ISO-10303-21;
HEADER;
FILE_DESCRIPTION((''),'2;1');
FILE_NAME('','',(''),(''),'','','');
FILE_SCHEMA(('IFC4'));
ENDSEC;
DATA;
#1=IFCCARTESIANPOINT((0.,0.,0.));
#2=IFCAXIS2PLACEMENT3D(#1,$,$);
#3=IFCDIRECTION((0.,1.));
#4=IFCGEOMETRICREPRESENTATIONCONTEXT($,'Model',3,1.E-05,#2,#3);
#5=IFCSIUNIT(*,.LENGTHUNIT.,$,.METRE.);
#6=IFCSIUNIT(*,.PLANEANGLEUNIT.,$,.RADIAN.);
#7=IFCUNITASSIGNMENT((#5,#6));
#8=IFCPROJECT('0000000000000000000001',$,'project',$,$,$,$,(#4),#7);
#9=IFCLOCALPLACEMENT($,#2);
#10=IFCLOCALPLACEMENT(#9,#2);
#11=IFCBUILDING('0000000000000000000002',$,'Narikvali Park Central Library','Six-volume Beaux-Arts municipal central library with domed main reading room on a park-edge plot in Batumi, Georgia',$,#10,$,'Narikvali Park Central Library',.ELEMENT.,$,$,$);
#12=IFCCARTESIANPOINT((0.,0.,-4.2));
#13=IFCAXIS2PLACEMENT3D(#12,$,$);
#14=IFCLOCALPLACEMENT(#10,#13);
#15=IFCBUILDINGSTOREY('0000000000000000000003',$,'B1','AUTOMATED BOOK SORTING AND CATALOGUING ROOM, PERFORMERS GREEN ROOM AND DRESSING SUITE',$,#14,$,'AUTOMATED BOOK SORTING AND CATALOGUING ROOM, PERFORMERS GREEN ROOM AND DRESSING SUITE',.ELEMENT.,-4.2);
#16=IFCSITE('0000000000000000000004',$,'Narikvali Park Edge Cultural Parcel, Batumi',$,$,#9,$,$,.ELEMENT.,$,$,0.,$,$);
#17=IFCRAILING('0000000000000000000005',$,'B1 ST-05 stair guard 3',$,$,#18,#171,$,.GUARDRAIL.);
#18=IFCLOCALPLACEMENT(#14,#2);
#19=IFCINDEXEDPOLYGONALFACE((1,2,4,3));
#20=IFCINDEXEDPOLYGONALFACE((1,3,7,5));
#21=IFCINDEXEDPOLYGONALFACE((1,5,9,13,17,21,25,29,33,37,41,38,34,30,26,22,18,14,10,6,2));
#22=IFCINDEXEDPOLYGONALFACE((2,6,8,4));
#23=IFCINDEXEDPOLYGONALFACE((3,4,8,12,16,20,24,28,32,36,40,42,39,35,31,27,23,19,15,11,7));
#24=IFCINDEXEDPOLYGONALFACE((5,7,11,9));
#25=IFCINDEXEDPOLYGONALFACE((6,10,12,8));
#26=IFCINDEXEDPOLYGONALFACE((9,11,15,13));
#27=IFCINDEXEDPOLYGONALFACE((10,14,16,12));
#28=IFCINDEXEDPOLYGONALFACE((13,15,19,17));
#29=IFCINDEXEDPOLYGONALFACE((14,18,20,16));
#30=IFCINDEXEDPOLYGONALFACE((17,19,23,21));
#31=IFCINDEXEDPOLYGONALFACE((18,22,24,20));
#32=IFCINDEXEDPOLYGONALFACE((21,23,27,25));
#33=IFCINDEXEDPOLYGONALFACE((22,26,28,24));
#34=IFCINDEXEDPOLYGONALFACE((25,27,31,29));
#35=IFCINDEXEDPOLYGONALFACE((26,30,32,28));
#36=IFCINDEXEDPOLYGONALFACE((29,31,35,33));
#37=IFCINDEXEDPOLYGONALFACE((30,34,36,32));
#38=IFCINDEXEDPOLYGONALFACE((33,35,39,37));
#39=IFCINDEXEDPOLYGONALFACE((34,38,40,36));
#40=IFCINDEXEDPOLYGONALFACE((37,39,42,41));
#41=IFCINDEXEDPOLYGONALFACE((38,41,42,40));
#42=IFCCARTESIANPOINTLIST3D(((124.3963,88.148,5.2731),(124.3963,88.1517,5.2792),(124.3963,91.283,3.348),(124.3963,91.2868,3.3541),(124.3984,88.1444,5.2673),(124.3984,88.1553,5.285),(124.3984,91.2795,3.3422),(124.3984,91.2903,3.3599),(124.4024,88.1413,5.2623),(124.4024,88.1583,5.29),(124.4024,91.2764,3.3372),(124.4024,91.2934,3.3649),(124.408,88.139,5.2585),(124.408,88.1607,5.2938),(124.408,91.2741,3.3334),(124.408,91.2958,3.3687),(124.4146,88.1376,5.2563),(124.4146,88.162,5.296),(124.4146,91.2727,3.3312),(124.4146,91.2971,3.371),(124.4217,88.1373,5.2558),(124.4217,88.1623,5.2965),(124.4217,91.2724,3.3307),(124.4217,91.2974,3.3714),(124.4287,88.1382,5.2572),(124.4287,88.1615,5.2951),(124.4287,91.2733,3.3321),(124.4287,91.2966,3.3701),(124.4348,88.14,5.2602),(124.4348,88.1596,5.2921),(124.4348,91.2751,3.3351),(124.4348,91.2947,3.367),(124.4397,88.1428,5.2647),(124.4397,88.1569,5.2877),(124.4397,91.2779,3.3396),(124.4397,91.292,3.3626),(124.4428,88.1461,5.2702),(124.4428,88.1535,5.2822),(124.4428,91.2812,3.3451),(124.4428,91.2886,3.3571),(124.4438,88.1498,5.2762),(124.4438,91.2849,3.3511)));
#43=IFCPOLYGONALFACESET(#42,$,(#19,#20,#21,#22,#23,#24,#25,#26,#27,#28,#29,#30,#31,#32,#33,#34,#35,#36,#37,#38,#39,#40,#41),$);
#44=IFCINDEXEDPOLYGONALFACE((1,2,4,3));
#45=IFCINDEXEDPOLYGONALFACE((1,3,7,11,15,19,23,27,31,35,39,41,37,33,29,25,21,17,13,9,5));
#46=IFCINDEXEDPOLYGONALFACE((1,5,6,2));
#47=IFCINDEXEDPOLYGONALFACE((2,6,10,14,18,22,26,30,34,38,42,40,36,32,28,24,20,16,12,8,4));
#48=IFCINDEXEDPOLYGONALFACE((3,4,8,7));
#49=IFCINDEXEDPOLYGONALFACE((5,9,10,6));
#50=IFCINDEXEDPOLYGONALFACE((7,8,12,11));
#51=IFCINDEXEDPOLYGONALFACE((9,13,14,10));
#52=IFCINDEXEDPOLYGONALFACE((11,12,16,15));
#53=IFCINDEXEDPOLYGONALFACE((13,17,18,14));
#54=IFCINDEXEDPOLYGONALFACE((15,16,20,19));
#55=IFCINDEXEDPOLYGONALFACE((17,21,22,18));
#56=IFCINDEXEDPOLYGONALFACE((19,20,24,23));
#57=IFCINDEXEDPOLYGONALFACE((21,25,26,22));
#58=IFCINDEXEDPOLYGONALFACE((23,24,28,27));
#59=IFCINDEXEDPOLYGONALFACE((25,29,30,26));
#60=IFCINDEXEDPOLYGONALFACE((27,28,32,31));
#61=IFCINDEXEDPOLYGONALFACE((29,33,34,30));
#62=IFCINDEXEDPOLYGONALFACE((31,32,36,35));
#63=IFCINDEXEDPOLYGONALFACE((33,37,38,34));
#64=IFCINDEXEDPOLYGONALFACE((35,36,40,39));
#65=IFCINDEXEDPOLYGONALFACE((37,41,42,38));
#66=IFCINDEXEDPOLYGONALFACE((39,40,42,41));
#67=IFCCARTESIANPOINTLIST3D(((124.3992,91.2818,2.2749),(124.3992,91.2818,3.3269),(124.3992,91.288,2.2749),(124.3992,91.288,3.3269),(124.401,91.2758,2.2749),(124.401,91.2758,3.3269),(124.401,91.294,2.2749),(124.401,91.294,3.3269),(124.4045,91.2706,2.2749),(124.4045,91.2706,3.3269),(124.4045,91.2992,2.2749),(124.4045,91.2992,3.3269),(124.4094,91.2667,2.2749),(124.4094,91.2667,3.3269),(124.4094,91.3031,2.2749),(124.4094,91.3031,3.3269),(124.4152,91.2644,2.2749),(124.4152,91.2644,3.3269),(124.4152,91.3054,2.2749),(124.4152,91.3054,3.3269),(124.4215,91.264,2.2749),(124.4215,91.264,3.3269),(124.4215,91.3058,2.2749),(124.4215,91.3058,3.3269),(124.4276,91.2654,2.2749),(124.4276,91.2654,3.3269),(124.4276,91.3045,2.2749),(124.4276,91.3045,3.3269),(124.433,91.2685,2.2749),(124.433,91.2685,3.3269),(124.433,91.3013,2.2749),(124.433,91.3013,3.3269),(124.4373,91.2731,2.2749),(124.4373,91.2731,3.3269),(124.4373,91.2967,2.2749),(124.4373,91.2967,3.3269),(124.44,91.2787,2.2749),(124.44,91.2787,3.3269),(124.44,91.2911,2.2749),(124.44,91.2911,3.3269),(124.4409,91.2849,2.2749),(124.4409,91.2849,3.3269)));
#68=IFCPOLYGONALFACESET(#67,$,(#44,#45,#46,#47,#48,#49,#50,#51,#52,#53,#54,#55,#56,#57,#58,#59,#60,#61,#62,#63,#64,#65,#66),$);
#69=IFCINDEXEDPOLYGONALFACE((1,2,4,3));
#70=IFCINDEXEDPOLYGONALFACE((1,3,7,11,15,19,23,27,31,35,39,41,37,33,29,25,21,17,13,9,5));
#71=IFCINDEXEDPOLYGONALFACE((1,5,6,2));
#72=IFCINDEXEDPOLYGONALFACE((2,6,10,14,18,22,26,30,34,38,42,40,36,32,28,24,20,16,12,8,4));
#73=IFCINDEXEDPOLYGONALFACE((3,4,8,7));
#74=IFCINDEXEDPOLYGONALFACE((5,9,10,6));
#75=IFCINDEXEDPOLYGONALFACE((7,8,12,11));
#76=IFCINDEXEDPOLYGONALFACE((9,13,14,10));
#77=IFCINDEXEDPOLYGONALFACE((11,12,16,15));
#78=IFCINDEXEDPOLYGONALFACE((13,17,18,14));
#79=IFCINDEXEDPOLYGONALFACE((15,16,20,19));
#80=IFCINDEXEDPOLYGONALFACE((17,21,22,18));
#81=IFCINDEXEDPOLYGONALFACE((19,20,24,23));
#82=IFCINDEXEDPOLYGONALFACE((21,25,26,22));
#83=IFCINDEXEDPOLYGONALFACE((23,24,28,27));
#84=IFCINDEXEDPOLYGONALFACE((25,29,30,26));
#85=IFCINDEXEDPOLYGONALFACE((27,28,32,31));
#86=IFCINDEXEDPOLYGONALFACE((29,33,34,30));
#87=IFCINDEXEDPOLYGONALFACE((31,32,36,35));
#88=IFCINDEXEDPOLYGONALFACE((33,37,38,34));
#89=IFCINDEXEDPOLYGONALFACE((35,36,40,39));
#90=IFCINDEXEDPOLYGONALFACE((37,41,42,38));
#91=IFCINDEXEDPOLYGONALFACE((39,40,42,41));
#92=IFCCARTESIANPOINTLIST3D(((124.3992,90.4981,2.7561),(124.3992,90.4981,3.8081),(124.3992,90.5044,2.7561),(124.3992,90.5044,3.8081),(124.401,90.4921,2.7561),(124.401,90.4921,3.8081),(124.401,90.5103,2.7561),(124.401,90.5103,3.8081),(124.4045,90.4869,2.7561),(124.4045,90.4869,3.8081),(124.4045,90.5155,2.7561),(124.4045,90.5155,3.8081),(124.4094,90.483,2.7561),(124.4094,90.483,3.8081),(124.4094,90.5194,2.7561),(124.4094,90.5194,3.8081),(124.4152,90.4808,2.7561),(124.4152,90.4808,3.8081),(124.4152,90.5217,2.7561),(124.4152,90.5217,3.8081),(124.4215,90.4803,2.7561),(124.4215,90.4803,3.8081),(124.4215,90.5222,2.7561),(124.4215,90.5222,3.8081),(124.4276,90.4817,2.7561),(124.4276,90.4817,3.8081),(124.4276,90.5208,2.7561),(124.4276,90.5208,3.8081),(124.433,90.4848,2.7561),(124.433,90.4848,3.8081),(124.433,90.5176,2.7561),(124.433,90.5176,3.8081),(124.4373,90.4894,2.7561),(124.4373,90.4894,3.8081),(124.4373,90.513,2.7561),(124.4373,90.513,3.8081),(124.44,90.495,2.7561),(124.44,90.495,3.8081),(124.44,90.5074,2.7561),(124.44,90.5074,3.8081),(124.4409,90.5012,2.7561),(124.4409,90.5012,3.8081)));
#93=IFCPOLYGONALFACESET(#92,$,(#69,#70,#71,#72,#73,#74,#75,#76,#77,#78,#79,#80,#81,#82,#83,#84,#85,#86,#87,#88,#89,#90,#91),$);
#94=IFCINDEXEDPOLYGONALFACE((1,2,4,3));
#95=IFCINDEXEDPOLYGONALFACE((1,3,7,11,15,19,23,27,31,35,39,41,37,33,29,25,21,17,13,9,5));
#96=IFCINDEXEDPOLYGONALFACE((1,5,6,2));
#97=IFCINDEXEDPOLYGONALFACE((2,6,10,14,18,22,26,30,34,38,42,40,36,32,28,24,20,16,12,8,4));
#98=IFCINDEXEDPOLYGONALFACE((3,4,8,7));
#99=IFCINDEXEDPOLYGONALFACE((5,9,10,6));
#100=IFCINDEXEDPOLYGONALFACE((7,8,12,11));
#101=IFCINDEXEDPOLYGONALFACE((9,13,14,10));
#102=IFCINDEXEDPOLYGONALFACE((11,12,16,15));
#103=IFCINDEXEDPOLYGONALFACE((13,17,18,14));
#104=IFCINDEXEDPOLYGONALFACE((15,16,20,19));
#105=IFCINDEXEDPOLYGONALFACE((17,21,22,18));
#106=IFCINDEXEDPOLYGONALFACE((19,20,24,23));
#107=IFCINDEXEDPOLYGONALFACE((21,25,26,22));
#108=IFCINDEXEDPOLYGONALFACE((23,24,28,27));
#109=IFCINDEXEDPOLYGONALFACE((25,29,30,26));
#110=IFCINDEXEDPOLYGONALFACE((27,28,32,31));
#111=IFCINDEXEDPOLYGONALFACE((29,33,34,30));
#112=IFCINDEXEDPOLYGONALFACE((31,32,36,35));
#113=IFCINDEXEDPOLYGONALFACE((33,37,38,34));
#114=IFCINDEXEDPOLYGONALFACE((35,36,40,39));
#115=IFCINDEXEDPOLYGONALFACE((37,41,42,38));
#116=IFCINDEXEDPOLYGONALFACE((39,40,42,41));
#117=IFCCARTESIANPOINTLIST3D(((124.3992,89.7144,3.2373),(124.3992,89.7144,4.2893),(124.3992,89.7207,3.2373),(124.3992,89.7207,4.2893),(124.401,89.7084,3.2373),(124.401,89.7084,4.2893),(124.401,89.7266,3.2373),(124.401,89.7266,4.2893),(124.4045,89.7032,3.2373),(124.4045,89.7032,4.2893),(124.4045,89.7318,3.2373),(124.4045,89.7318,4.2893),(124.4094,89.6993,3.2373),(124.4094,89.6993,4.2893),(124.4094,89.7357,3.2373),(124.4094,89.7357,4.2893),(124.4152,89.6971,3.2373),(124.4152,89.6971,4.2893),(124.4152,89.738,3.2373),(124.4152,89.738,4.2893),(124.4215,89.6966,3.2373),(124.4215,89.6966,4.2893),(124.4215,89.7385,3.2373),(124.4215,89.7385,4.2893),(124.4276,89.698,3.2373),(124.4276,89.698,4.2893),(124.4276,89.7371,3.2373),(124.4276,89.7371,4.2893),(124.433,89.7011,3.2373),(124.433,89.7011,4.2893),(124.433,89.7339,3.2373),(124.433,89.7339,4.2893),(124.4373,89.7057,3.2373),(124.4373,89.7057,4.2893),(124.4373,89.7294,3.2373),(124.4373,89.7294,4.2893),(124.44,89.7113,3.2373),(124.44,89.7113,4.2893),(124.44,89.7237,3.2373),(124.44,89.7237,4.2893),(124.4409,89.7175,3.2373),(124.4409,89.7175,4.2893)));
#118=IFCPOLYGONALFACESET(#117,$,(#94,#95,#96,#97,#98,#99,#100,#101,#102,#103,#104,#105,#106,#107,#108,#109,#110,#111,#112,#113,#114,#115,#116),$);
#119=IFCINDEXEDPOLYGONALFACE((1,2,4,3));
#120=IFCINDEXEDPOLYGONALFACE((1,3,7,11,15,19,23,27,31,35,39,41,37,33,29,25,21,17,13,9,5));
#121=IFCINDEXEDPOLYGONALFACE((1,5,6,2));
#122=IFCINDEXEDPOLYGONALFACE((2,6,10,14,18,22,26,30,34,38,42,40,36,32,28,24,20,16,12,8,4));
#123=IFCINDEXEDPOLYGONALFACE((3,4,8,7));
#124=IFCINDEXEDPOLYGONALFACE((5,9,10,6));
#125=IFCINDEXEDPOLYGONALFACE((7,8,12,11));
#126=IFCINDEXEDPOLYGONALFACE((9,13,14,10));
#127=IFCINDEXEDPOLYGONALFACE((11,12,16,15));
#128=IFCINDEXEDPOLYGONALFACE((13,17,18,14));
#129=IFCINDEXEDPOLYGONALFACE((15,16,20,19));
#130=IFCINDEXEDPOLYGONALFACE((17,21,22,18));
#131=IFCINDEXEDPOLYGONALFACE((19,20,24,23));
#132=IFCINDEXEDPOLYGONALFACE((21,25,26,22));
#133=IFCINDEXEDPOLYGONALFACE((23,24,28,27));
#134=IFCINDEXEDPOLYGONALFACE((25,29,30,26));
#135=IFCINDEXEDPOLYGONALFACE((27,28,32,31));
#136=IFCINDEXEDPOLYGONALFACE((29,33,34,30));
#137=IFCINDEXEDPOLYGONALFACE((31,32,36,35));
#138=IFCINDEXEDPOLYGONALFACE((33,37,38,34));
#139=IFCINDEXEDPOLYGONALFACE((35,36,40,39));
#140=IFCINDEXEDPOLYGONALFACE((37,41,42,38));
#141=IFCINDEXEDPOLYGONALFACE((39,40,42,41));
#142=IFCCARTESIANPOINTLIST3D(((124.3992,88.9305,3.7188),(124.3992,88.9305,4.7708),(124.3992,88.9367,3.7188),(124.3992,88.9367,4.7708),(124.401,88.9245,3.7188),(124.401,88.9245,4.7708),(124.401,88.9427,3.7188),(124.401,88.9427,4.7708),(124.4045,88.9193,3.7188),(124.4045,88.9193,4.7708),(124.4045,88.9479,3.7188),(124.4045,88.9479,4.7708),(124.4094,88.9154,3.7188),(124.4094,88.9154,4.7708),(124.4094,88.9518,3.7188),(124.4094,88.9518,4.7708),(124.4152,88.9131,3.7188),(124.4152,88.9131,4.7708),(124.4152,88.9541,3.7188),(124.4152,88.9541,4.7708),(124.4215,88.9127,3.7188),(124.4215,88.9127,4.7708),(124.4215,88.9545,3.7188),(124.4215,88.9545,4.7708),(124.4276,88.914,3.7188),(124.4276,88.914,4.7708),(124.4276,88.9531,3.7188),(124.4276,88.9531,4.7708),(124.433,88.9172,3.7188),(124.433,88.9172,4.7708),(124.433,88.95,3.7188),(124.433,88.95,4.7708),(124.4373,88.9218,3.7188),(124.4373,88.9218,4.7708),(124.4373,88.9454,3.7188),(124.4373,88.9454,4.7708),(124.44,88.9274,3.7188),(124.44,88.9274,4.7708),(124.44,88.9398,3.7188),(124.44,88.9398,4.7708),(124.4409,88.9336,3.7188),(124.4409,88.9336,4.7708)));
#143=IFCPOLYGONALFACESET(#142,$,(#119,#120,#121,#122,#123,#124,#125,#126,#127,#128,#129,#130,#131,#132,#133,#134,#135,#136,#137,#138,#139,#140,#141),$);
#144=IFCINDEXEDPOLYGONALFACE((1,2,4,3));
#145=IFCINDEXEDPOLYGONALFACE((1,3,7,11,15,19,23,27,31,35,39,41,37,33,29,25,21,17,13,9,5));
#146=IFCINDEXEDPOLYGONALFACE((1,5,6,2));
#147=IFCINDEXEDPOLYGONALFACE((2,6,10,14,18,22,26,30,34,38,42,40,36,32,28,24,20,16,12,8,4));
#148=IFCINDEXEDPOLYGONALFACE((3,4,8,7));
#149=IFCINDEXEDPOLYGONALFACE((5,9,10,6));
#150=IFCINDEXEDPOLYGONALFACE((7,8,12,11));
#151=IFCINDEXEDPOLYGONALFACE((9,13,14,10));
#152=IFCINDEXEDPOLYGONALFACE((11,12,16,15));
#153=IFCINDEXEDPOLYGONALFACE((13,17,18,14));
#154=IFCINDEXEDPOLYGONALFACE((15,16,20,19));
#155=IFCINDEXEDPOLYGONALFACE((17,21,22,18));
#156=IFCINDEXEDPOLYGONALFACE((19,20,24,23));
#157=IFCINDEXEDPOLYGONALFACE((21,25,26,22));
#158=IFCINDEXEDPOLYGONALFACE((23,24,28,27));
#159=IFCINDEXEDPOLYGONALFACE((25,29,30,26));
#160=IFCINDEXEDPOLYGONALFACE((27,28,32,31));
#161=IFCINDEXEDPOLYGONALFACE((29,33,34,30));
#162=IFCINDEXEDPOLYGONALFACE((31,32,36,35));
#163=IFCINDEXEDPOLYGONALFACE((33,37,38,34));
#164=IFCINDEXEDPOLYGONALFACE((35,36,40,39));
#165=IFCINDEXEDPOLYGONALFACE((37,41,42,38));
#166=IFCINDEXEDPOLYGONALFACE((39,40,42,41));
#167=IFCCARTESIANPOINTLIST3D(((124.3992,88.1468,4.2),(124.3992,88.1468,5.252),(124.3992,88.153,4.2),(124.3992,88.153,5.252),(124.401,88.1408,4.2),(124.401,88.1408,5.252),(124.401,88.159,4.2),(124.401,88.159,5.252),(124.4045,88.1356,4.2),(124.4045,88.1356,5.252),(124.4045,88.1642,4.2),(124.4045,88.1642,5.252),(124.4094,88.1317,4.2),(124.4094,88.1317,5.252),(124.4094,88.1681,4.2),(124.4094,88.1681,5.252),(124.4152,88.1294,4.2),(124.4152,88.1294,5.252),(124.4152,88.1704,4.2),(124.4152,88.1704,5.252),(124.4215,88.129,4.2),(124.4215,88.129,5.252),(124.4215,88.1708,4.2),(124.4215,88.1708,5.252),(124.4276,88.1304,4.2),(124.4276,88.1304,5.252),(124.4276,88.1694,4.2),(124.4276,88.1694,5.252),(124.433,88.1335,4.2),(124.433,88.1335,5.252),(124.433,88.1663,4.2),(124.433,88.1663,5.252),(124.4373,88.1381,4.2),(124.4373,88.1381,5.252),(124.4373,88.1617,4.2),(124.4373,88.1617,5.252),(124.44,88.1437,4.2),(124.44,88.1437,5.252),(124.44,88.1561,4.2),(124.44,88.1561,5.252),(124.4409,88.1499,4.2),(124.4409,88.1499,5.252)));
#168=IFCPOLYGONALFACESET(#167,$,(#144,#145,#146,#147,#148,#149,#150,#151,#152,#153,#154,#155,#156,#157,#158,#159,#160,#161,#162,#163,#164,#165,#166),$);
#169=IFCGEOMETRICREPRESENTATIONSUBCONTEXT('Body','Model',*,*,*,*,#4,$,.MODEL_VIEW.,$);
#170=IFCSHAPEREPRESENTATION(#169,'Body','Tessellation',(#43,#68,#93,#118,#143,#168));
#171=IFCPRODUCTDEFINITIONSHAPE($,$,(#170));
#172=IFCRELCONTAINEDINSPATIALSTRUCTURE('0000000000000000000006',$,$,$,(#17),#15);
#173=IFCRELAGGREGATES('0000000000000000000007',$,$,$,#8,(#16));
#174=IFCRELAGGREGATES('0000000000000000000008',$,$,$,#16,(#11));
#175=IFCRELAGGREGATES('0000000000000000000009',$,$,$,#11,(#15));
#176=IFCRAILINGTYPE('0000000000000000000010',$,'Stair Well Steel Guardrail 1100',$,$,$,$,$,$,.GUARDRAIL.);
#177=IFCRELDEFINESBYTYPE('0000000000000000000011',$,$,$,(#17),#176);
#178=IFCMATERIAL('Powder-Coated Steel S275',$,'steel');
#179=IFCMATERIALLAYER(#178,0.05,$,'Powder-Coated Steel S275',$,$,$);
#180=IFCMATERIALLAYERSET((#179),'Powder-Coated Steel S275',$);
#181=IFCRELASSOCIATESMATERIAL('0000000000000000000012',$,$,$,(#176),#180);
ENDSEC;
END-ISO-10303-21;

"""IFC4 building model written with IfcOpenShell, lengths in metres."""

from ifc_helpers import new_model, si_unit, direction, frame, origin, origin_2d, place, context, subcontext, project, spatial, circle, extrude, material, layer, layer_set, type_object, element, save


model = new_model("IFC4")

# Units and contexts
model_context = context("Model", 3, precision=1e-05, world=origin(), true_north=direction((0.0, 1.0)))
body_context = subcontext(model_context, "Body", "Model", "MODEL_VIEW")
ifc_project = project(units=[si_unit("LENGTHUNIT", "METRE"), si_unit("PLANEANGLEUNIT", "RADIAN")], contexts=[model_context])

# Site, building, storey
site_placement = place(None, origin())
site = spatial("IfcSite", under=ifc_project, at=site_placement, Name="Narikvali Park Edge Cultural Parcel, Batumi", CompositionType="ELEMENT", RefElevation=0.0)
building_placement = place(site_placement, origin())
building = spatial("IfcBuilding", under=site, at=building_placement, Name="Narikvali Park Central Library", Description="Six-volume Beaux-Arts municipal central library with domed main reading room on a park-edge plot in Batumi, Georgia", LongName="Narikvali Park Central Library", CompositionType="ELEMENT")
storey_placement = place(building_placement, frame((0.0, 0.0, -4.2)))
storey = spatial("IfcBuildingStorey", under=building, at=storey_placement, Name="B1", Description="AUTOMATED BOOK SORTING AND CATALOGUING ROOM, PERFORMERS GREEN ROOM AND DRESSING SUITE", LongName="AUTOMATED BOOK SORTING AND CATALOGUING ROOM, PERFORMERS GREEN ROOM AND DRESSING SUITE", CompositionType="ELEMENT", Elevation=-4.2)

# Railing
ifc_material_1 = material(Name="Powder-Coated Steel S275", Category="steel")
ifc_layer_1 = layer(ifc_material_1, 0.05, Name="Powder-Coated Steel S275")
ifc_layer_set_1 = layer_set([ifc_layer_1], Name="Powder-Coated Steel S275")
railing_type_1 = type_object("IfcRailingType", Name="Stair Well Steel Guardrail 1100", PredefinedType="GUARDRAIL", material=ifc_layer_set_1)
railing_1_placement = place(storey_placement, frame((124.4199, 91.2849, 2.2749)))
element("IfcRailing", 1, at=railing_1_placement, inside=storey, type_object=railing_type_1, Name="B1 ST-05 stair guard 3", PredefinedType="GUARDRAIL", context=body_context, shape_type="SweptSolid", body=[
    extrude(circle(Radius=0.0239, at=origin_2d()), frame((0.0, 0.0, 1.0762), z_axis=(0.0, -0.852166, 0.523271), x_axis=(1.0, 0.0, 0.0)), (0.0, 0.0, 1.0), 3.679),
    extrude(circle(Radius=0.021, at=origin_2d()), origin(), (0.0, 0.0, 1.0), 1.052),
    extrude(circle(Radius=0.021, at=origin_2d()), frame((0.0, -0.7837, 0.4812)), (0.0, 0.0, 1.0), 1.052),
    extrude(circle(Radius=0.021, at=origin_2d()), frame((0.0, -1.5674, 0.9624)), (0.0, 0.0, 1.0), 1.052),
    extrude(circle(Radius=0.021, at=origin_2d()), frame((0.0, -2.3513, 1.4438)), (0.0, 0.0, 1.0), 1.052),
    extrude(circle(Radius=0.021, at=origin_2d()), frame((0.0, -3.135, 1.925)), (0.0, 0.0, 1.0), 1.052),
])

save(model, "model.ifc")
